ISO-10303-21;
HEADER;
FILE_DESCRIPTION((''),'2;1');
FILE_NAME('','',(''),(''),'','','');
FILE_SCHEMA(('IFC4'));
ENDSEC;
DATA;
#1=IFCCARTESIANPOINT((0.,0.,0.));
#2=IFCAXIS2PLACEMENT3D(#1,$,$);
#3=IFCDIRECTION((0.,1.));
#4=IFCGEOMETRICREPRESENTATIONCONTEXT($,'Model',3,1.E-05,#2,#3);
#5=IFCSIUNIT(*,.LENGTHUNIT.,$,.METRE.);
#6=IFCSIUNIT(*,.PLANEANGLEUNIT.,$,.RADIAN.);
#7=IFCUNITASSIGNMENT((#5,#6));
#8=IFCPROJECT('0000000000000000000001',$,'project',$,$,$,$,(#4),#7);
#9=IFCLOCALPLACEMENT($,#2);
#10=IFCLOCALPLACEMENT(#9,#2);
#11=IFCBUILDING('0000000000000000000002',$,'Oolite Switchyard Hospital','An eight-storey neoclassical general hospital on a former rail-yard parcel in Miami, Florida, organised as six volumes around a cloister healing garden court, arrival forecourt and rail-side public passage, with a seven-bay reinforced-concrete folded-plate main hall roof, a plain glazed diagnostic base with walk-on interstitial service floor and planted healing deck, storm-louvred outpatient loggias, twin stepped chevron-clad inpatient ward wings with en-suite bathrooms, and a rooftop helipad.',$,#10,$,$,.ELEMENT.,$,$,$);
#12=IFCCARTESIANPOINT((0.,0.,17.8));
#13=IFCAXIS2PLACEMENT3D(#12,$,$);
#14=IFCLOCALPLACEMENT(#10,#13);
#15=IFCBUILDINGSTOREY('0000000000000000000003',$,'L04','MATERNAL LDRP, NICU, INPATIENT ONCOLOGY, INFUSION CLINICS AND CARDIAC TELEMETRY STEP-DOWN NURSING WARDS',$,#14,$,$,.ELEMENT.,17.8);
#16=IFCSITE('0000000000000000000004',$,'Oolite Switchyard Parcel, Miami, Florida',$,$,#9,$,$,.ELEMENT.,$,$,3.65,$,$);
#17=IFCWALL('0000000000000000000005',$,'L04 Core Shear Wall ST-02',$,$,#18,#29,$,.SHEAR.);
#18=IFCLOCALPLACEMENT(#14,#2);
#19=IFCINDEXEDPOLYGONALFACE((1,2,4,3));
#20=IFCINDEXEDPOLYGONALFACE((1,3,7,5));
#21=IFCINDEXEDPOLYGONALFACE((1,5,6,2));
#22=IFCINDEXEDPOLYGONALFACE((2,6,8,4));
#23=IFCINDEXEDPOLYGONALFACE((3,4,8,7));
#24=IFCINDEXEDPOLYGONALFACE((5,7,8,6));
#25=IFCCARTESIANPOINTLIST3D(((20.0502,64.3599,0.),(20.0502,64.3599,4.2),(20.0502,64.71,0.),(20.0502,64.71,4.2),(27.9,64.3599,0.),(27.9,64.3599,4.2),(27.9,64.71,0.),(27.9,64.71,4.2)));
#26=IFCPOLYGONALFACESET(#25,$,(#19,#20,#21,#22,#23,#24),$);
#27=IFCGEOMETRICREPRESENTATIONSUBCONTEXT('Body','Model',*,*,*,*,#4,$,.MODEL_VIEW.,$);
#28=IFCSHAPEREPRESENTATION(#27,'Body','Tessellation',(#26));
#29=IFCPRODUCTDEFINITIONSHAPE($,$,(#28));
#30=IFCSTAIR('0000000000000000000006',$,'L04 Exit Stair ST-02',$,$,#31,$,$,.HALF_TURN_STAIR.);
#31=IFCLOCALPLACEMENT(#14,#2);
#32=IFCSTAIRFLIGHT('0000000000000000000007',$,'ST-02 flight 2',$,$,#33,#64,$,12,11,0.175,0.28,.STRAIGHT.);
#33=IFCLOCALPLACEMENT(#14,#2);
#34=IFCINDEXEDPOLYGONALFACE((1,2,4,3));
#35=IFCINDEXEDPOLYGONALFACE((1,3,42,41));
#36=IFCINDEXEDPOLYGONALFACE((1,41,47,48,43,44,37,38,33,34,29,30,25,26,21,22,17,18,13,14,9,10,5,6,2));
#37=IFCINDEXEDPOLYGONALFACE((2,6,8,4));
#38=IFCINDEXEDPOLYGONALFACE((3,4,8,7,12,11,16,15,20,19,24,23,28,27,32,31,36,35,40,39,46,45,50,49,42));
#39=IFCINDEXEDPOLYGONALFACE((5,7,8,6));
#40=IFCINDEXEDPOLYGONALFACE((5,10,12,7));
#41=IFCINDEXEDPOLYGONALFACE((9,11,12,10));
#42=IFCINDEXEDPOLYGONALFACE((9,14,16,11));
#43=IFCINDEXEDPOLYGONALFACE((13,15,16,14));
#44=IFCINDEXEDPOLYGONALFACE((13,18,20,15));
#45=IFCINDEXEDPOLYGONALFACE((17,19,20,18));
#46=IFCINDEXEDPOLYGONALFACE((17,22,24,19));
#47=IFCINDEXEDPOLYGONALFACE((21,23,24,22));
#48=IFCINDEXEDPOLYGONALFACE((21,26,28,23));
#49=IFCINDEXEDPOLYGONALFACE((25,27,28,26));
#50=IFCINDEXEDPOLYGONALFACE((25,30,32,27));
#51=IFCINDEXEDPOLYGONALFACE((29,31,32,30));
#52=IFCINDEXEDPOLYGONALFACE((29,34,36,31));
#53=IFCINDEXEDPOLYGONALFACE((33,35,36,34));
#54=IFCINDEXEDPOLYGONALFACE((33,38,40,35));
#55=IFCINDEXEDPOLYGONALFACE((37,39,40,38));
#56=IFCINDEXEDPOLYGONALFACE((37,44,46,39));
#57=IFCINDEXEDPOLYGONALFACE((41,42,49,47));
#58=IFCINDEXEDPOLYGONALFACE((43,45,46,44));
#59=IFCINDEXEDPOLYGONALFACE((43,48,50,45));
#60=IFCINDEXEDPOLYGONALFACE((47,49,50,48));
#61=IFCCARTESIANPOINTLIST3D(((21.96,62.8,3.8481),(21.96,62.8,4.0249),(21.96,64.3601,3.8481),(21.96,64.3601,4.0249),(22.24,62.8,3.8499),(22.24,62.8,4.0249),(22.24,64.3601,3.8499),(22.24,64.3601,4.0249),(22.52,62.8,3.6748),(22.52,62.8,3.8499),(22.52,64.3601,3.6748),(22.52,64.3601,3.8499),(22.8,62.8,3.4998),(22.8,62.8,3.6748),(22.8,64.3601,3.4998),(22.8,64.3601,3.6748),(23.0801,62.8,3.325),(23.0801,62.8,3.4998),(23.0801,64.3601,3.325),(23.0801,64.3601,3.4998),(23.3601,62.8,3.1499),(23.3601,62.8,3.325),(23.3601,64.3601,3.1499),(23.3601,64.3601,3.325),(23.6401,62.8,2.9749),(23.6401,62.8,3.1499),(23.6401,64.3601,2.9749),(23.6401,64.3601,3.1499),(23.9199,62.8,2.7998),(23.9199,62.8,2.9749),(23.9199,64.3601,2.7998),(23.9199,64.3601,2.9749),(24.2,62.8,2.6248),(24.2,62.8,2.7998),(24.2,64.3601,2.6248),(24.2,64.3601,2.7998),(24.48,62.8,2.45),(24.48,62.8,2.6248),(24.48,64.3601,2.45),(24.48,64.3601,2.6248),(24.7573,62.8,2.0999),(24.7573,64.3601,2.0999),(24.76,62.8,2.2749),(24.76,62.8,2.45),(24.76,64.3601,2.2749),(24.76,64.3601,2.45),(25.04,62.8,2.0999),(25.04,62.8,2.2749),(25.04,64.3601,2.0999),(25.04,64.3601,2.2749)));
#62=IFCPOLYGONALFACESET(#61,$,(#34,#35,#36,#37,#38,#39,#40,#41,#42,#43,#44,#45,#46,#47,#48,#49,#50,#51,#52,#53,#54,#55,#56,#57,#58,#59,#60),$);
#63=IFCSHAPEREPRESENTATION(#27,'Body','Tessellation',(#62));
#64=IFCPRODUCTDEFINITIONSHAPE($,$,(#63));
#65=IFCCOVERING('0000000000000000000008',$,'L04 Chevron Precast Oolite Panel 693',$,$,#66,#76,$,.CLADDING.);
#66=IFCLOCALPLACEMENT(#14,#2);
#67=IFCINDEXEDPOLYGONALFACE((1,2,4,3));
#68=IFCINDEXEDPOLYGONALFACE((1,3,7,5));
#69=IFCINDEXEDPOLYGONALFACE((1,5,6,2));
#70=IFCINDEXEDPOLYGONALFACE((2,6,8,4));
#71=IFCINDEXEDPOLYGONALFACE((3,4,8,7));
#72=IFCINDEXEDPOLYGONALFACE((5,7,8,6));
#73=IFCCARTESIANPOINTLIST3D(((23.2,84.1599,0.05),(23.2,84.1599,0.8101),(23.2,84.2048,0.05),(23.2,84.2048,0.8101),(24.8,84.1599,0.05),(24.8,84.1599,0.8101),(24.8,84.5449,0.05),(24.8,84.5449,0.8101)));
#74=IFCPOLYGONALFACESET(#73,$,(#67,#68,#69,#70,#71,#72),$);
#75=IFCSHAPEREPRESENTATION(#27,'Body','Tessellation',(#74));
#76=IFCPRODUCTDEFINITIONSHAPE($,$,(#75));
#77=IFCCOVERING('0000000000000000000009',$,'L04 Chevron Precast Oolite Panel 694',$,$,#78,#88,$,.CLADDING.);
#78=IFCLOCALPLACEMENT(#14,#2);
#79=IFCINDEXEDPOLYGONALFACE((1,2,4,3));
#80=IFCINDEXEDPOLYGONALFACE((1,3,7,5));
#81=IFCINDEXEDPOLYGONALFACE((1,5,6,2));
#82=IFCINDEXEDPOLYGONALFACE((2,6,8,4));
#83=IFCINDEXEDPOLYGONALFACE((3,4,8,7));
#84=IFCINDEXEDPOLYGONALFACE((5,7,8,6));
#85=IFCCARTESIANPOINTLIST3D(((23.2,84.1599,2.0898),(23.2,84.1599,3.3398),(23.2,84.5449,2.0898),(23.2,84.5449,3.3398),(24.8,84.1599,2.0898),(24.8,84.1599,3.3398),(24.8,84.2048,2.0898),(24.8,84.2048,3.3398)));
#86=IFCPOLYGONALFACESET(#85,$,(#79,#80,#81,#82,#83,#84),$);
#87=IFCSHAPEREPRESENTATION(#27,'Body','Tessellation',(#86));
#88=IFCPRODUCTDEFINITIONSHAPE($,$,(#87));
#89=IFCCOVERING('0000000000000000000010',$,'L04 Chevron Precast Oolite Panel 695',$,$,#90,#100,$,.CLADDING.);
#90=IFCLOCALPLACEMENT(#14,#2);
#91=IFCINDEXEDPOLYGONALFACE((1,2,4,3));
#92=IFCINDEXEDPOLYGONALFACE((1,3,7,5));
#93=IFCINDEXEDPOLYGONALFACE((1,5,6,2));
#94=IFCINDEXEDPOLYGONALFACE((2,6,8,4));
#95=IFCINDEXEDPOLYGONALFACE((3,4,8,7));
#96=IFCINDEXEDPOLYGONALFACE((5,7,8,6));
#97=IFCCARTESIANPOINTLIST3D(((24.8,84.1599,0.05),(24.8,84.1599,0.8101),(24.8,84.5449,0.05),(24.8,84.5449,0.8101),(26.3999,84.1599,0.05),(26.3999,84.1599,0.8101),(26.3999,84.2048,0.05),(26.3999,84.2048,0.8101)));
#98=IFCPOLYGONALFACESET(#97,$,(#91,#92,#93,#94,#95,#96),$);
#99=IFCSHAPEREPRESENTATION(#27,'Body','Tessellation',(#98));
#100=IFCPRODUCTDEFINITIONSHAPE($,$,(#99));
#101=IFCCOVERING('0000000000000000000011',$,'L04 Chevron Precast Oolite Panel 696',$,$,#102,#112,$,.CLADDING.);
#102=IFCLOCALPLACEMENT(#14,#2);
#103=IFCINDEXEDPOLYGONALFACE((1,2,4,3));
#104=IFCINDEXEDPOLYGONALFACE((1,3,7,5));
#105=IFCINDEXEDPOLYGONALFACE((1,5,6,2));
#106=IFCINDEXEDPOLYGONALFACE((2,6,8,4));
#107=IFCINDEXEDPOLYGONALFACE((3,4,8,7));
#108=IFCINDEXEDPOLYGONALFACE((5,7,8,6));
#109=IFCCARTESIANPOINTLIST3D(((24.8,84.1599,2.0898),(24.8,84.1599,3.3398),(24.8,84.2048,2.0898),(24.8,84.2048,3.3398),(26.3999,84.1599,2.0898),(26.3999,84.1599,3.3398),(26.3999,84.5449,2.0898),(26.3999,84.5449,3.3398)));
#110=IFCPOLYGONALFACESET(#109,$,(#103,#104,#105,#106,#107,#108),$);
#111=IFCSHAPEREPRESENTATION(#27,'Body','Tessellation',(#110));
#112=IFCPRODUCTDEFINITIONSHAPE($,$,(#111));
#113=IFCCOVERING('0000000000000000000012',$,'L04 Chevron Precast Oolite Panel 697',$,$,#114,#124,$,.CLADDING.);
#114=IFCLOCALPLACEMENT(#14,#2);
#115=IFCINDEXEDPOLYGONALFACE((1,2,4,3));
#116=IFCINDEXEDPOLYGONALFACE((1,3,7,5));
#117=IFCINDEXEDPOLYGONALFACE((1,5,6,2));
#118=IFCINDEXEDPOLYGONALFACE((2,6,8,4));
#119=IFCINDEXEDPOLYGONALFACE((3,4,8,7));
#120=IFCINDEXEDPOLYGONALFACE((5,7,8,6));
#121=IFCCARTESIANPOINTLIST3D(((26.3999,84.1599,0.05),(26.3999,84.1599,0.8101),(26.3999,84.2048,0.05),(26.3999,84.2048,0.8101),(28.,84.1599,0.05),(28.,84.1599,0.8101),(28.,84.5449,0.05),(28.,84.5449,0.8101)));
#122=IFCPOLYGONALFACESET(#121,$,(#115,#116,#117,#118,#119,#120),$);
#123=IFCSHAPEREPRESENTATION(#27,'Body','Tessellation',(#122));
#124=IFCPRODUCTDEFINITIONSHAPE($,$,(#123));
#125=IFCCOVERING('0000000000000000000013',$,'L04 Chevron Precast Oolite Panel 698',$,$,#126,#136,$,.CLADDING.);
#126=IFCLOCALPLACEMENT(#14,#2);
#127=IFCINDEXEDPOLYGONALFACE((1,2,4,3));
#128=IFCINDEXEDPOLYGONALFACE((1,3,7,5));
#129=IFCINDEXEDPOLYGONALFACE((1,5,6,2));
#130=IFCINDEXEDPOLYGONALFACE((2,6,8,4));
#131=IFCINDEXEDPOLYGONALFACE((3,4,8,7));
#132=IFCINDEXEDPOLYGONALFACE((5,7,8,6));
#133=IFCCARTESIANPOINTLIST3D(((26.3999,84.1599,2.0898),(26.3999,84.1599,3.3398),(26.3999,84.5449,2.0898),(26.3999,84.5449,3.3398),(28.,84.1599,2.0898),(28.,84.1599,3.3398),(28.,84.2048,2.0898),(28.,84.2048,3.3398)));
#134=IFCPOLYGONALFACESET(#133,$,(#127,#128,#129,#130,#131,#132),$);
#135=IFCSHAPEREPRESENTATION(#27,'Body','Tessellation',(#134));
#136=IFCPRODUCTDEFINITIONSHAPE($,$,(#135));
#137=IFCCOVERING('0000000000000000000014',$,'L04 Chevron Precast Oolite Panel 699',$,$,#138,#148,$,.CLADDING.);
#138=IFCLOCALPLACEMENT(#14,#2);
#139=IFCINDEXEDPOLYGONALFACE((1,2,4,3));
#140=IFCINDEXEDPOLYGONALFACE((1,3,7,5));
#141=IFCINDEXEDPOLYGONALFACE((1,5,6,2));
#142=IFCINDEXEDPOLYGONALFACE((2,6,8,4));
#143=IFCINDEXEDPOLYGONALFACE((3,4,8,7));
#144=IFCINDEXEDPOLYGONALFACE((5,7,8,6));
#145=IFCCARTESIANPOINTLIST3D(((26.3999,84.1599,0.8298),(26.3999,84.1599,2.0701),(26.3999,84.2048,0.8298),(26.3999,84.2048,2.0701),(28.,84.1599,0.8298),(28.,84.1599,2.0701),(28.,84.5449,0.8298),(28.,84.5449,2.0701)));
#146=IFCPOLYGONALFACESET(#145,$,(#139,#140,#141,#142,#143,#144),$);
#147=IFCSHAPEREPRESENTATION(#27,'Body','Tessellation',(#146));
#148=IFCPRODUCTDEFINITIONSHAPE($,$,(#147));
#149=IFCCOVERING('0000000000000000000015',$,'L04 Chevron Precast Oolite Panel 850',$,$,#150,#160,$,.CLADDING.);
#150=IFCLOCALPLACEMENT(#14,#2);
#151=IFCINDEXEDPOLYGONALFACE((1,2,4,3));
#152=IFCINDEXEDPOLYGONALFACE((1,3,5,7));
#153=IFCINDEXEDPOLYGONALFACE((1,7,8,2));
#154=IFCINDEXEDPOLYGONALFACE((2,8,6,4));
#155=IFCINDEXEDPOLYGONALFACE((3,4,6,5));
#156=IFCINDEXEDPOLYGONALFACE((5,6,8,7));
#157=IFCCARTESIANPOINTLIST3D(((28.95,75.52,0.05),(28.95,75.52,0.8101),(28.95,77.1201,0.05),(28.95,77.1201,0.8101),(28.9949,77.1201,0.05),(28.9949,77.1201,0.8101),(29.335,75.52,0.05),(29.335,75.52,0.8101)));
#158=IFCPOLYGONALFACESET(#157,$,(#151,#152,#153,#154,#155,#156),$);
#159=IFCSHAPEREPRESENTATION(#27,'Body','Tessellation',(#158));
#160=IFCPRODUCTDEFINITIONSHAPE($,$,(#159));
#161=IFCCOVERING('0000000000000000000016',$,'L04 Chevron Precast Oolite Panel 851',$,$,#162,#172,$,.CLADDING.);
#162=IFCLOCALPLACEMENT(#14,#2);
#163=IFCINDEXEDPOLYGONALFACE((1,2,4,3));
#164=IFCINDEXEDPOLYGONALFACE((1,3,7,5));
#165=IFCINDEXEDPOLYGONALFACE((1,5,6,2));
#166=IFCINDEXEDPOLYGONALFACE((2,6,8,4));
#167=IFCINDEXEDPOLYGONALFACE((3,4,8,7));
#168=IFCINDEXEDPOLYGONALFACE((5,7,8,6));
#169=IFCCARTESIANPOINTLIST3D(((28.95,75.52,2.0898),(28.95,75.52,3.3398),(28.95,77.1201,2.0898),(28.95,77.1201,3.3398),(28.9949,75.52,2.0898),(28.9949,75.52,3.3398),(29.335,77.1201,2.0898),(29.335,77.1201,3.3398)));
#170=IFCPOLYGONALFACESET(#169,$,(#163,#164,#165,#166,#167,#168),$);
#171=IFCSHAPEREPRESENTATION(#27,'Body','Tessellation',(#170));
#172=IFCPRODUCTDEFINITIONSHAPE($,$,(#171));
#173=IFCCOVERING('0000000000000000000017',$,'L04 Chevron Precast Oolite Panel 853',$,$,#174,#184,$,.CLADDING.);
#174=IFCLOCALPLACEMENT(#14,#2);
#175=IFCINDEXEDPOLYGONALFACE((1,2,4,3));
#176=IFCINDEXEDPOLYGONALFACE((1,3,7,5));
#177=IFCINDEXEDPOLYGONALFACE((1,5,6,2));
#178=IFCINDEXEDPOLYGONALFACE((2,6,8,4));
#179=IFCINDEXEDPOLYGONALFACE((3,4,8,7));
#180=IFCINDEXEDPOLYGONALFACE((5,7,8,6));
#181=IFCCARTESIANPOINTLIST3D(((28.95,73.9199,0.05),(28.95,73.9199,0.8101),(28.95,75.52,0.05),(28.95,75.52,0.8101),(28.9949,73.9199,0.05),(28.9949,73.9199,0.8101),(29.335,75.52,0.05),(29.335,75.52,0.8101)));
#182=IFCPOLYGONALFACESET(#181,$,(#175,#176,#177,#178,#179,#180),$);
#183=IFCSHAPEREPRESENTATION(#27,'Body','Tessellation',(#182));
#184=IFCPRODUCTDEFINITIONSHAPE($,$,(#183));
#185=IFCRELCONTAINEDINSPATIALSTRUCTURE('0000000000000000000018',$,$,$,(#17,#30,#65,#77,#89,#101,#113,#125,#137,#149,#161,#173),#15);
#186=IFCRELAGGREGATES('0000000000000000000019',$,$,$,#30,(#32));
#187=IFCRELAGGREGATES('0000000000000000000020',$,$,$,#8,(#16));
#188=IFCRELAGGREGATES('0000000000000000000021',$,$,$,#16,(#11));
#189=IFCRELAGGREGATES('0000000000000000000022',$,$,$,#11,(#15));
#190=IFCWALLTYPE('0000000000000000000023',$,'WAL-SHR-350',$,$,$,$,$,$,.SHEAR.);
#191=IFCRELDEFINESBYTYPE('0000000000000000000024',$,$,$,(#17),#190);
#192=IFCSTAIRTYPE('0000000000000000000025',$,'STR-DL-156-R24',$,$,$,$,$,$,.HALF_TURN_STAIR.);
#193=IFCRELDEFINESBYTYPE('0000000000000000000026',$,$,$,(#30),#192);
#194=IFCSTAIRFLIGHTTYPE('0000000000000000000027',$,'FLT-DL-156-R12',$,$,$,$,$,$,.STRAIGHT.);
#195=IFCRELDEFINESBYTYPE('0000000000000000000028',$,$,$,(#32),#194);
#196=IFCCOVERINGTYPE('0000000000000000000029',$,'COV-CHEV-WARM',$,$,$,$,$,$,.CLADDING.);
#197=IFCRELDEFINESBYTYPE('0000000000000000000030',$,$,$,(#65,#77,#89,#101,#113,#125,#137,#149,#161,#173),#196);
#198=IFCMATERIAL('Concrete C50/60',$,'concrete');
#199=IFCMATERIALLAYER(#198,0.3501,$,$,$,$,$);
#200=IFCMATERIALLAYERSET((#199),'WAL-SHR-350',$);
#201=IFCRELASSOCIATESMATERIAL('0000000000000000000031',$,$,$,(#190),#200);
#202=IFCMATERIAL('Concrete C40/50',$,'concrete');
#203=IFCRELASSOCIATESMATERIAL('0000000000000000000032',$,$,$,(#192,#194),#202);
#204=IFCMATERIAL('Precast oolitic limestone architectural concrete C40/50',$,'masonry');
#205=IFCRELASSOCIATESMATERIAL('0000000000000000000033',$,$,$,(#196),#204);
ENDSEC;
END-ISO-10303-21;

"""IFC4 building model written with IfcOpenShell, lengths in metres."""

from ifc_helpers import new_model, si_unit, direction, frame, frame_2d, origin, place, context, subcontext, project, spatial, polyline, rectangle, outline, extrude, material, layer, layer_set, type_object, element, aggregate, save


model = new_model("IFC4")

# Units and contexts
model_context = context("Model", 3, precision=1e-05, world=origin(), true_north=direction((0.0, 1.0)))
body_context = subcontext(model_context, "Body", "Model", "MODEL_VIEW")
ifc_project = project(units=[si_unit("LENGTHUNIT", "METRE"), si_unit("PLANEANGLEUNIT", "RADIAN")], contexts=[model_context])

# Site, building, storey
site_placement = place(None, origin())
site = spatial("IfcSite", under=ifc_project, at=site_placement, Name="Oolite Switchyard Parcel, Miami, Florida", CompositionType="ELEMENT", RefElevation=3.65)
building_placement = place(site_placement, origin())
building = spatial("IfcBuilding", under=site, at=building_placement, Name="Oolite Switchyard Hospital", Description="An eight-storey neoclassical general hospital on a former rail-yard parcel in Miami, Florida, organised as six volumes around a cloister healing garden court, arrival forecourt and rail-side public passage, with a seven-bay reinforced-concrete folded-plate main hall roof, a plain glazed diagnostic base with walk-on interstitial service floor and planted healing deck, storm-louvred outpatient loggias, twin stepped chevron-clad inpatient ward wings with en-suite bathrooms, and a rooftop helipad.", CompositionType="ELEMENT")
storey_placement = place(building_placement, frame((0.0, 0.0, 17.8)))
storey = spatial("IfcBuildingStorey", under=building, at=storey_placement, Name="L04", Description="MATERNAL LDRP, NICU, INPATIENT ONCOLOGY, INFUSION CLINICS AND CARDIAC TELEMETRY STEP-DOWN NURSING WARDS", CompositionType="ELEMENT", Elevation=17.8)

# Shared definitions
ifc_material_1 = material(Name="Concrete C50/60", Category="concrete")

# Shared definitions
ifc_material_2 = material(Name="Concrete C40/50", Category="concrete")

# Wall
ifc_material_3 = material(Name="Precast oolitic limestone architectural concrete C40/50", Category="masonry")
ifc_layer_1 = layer(ifc_material_1, 0.3501)
ifc_layer_set_1 = layer_set([ifc_layer_1], Name="WAL-SHR-350")
wall_type_1 = type_object("IfcWallType", Name="WAL-SHR-350", PredefinedType="SHEAR", material=ifc_layer_set_1)
wall_1_placement = place(storey_placement, frame((27.8999, 64.5349, 0.0), z_axis=(0.0, 0.0, 1.0), x_axis=(-1.0, 0.0, 0.0)))
element("IfcWall", 1, at=wall_1_placement, inside=storey, type_object=wall_type_1, Name="L04 Core Shear Wall ST-02", PredefinedType="SHEAR", context=body_context, shape_type="SweptSolid", body=[
    extrude(rectangle(XDim=7.8499, YDim=0.3501, at=frame_2d((3.9248, 0.0))), origin(), (0.0, 0.0, 1.0), 4.2),
])

# Stair, stair flight
stair_type = type_object("IfcStairType", Name="STR-DL-156-R24", PredefinedType="HALF_TURN_STAIR", material=ifc_material_2)
stair_placement = place(storey_placement, origin())
stair = element("IfcStair", 2, at=stair_placement, inside=storey, type_object=stair_type, Name="L04 Exit Stair ST-02", PredefinedType="HALF_TURN_STAIR")
stair_flight_type = type_object("IfcStairFlightType", Name="FLT-DL-156-R12", PredefinedType="STRAIGHT", material=ifc_material_2)
stair_flight_placement = place(storey_placement, frame((25.04, 63.5801, 2.0999), z_axis=(0.0, 0.0, 1.0), x_axis=(-1.0, 0.0, 0.0)))
stair_flight = element("IfcStairFlight", 3, at=stair_flight_placement, type_object=stair_flight_type, Name="ST-02 flight 2", NumberOfRisers=12, NumberOfTreads=11, PredefinedType="STRAIGHT", RiserHeight=0.175, TreadLength=0.28, context=body_context, shape_type="SweptSolid", body=[
    extrude(outline(polyline([(0.0, 0.0), (0.0, 0.175), (0.28, 0.175), (0.28, 0.3501), (0.5601, 0.3501), (0.5601, 0.5249), (0.8401, 0.5249), (0.8401, 0.7), (1.1201, 0.7), (1.1201, 0.875), (1.3999, 0.875), (1.3999, 1.05), (1.6799, 1.05), (1.6799, 1.2251), (1.96, 1.2251), (1.96, 1.3999), (2.24, 1.3999), (2.24, 1.575), (2.52, 1.575), (2.52, 1.75), (2.8, 1.75), (2.8, 1.925), (3.0801, 1.925), (3.0801, 2.1001), (3.0801, 1.7483), (0.2827, 0.0), (0.0, 0.0)])), frame((0.0, 0.78, 0.0), z_axis=(0.0, -1.0, 0.0), x_axis=(1.0, 0.0, 0.0)), (0.0, 0.0, 1.0), 1.5601),
])
aggregate(stair, [stair_flight])

# Coverings
covering_type = type_object("IfcCoveringType", Name="COV-CHEV-WARM", PredefinedType="CLADDING", material=ifc_material_3)
covering_1_placement = place(storey_placement, frame((23.2, 84.1599, 0.05), z_axis=(0.0, 0.0, 1.0), x_axis=(1.0, 0.0, 0.0)))
element("IfcCovering", 4, at=covering_1_placement, inside=storey, type_object=covering_type, Name="L04 Chevron Precast Oolite Panel 693", PredefinedType="CLADDING", context=body_context, shape_type="SweptSolid", body=[
    extrude(outline(polyline([(0.0, 0.0), (1.6001, 0.0), (1.6001, 0.385), (0.0, 0.0449), (0.0, 0.0)])), origin(), (0.0, 0.0, 1.0), 0.76),
])
covering_2_placement = place(storey_placement, frame((23.2, 84.1599, 2.0898), z_axis=(0.0, 0.0, 1.0), x_axis=(1.0, 0.0, 0.0)))
element("IfcCovering", 5, at=covering_2_placement, inside=storey, type_object=covering_type, Name="L04 Chevron Precast Oolite Panel 694", PredefinedType="CLADDING", context=body_context, shape_type="SweptSolid", body=[
    extrude(outline(polyline([(0.0, 0.0), (1.6001, 0.0), (1.6001, 0.0449), (0.0, 0.385), (0.0, 0.0)])), origin(), (0.0, 0.0, 1.0), 1.25),
])
covering_3_placement = place(storey_placement, frame((24.8, 84.1599, 0.05), z_axis=(0.0, 0.0, 1.0), x_axis=(1.0, 0.0, 0.0)))
element("IfcCovering", 6, at=covering_3_placement, inside=storey, type_object=covering_type, Name="L04 Chevron Precast Oolite Panel 695", PredefinedType="CLADDING", context=body_context, shape_type="SweptSolid", body=[
    extrude(outline(polyline([(0.0, 0.0), (1.5999, 0.0), (1.5999, 0.0449), (0.0, 0.385), (0.0, 0.0)])), origin(), (0.0, 0.0, 1.0), 0.76),
])
covering_4_placement = place(storey_placement, frame((24.8, 84.1599, 2.0898), z_axis=(0.0, 0.0, 1.0), x_axis=(1.0, 0.0, 0.0)))
element("IfcCovering", 7, at=covering_4_placement, inside=storey, type_object=covering_type, Name="L04 Chevron Precast Oolite Panel 696", PredefinedType="CLADDING", context=body_context, shape_type="SweptSolid", body=[
    extrude(outline(polyline([(0.0, 0.0), (1.5999, 0.0), (1.5999, 0.385), (0.0, 0.0449), (0.0, 0.0)])), origin(), (0.0, 0.0, 1.0), 1.25),
])
covering_5_placement = place(storey_placement, frame((26.3999, 84.1599, 0.05), z_axis=(0.0, 0.0, 1.0), x_axis=(1.0, 0.0, 0.0)))
element("IfcCovering", 8, at=covering_5_placement, inside=storey, type_object=covering_type, Name="L04 Chevron Precast Oolite Panel 697", PredefinedType="CLADDING", context=body_context, shape_type="SweptSolid", body=[
    extrude(outline(polyline([(0.0, 0.0), (1.6001, 0.0), (1.6001, 0.385), (0.0, 0.0449), (0.0, 0.0)])), origin(), (0.0, 0.0, 1.0), 0.76),
])
covering_6_placement = place(storey_placement, frame((26.3999, 84.1599, 2.0898), z_axis=(0.0, 0.0, 1.0), x_axis=(1.0, 0.0, 0.0)))
element("IfcCovering", 9, at=covering_6_placement, inside=storey, type_object=covering_type, Name="L04 Chevron Precast Oolite Panel 698", PredefinedType="CLADDING", context=body_context, shape_type="SweptSolid", body=[
    extrude(outline(polyline([(0.0, 0.0), (1.6001, 0.0), (1.6001, 0.0449), (0.0, 0.385), (0.0, 0.0)])), origin(), (0.0, 0.0, 1.0), 1.25),
])
covering_7_placement = place(storey_placement, frame((26.3999, 84.1599, 0.8298), z_axis=(0.0, 0.0, 1.0), x_axis=(1.0, 0.0, 0.0)))
element("IfcCovering", 10, at=covering_7_placement, inside=storey, type_object=covering_type, Name="L04 Chevron Precast Oolite Panel 699", PredefinedType="CLADDING", context=body_context, shape_type="SweptSolid", body=[
    extrude(outline(polyline([(0.0, 0.0), (1.6001, 0.0), (1.6001, 0.385), (0.0, 0.0449), (0.0, 0.0)])), origin(), (0.0, 0.0, 1.0), 1.2402),
])
covering_8_placement = place(storey_placement, frame((28.95, 77.1201, 0.05), z_axis=(0.0, 0.0, 1.0), x_axis=(0.0, -1.0, 0.0)))
element("IfcCovering", 11, at=covering_8_placement, inside=storey, type_object=covering_type, Name="L04 Chevron Precast Oolite Panel 850", PredefinedType="CLADDING", context=body_context, shape_type="SweptSolid", body=[
    extrude(outline(polyline([(0.0, 0.0), (1.6001, 0.0), (1.6001, 0.385), (0.0, 0.0449), (0.0, 0.0)])), origin(), (0.0, 0.0, 1.0), 0.76),
])
covering_9_placement = place(storey_placement, frame((28.95, 77.1201, 2.0898), z_axis=(0.0, 0.0, 1.0), x_axis=(0.0, -1.0, 0.0)))
element("IfcCovering", 12, at=covering_9_placement, inside=storey, type_object=covering_type, Name="L04 Chevron Precast Oolite Panel 851", PredefinedType="CLADDING", context=body_context, shape_type="SweptSolid", body=[
    extrude(outline(polyline([(0.0, 0.0), (1.6001, 0.0), (1.6001, 0.0449), (0.0, 0.385), (0.0, 0.0)])), origin(), (0.0, 0.0, 1.0), 1.25),
])
covering_10_placement = place(storey_placement, frame((28.95, 75.52, 0.05), z_axis=(0.0, 0.0, 1.0), x_axis=(0.0, -1.0, 0.0)))
element("IfcCovering", 13, at=covering_10_placement, inside=storey, type_object=covering_type, Name="L04 Chevron Precast Oolite Panel 853", PredefinedType="CLADDING", context=body_context, shape_type="SweptSolid", body=[
    extrude(outline(polyline([(0.0, 0.0), (1.6001, 0.0), (1.6001, 0.0449), (0.0, 0.385), (0.0, 0.0)])), origin(), (0.0, 0.0, 1.0), 0.76),
])

save(model, "model.ifc")
